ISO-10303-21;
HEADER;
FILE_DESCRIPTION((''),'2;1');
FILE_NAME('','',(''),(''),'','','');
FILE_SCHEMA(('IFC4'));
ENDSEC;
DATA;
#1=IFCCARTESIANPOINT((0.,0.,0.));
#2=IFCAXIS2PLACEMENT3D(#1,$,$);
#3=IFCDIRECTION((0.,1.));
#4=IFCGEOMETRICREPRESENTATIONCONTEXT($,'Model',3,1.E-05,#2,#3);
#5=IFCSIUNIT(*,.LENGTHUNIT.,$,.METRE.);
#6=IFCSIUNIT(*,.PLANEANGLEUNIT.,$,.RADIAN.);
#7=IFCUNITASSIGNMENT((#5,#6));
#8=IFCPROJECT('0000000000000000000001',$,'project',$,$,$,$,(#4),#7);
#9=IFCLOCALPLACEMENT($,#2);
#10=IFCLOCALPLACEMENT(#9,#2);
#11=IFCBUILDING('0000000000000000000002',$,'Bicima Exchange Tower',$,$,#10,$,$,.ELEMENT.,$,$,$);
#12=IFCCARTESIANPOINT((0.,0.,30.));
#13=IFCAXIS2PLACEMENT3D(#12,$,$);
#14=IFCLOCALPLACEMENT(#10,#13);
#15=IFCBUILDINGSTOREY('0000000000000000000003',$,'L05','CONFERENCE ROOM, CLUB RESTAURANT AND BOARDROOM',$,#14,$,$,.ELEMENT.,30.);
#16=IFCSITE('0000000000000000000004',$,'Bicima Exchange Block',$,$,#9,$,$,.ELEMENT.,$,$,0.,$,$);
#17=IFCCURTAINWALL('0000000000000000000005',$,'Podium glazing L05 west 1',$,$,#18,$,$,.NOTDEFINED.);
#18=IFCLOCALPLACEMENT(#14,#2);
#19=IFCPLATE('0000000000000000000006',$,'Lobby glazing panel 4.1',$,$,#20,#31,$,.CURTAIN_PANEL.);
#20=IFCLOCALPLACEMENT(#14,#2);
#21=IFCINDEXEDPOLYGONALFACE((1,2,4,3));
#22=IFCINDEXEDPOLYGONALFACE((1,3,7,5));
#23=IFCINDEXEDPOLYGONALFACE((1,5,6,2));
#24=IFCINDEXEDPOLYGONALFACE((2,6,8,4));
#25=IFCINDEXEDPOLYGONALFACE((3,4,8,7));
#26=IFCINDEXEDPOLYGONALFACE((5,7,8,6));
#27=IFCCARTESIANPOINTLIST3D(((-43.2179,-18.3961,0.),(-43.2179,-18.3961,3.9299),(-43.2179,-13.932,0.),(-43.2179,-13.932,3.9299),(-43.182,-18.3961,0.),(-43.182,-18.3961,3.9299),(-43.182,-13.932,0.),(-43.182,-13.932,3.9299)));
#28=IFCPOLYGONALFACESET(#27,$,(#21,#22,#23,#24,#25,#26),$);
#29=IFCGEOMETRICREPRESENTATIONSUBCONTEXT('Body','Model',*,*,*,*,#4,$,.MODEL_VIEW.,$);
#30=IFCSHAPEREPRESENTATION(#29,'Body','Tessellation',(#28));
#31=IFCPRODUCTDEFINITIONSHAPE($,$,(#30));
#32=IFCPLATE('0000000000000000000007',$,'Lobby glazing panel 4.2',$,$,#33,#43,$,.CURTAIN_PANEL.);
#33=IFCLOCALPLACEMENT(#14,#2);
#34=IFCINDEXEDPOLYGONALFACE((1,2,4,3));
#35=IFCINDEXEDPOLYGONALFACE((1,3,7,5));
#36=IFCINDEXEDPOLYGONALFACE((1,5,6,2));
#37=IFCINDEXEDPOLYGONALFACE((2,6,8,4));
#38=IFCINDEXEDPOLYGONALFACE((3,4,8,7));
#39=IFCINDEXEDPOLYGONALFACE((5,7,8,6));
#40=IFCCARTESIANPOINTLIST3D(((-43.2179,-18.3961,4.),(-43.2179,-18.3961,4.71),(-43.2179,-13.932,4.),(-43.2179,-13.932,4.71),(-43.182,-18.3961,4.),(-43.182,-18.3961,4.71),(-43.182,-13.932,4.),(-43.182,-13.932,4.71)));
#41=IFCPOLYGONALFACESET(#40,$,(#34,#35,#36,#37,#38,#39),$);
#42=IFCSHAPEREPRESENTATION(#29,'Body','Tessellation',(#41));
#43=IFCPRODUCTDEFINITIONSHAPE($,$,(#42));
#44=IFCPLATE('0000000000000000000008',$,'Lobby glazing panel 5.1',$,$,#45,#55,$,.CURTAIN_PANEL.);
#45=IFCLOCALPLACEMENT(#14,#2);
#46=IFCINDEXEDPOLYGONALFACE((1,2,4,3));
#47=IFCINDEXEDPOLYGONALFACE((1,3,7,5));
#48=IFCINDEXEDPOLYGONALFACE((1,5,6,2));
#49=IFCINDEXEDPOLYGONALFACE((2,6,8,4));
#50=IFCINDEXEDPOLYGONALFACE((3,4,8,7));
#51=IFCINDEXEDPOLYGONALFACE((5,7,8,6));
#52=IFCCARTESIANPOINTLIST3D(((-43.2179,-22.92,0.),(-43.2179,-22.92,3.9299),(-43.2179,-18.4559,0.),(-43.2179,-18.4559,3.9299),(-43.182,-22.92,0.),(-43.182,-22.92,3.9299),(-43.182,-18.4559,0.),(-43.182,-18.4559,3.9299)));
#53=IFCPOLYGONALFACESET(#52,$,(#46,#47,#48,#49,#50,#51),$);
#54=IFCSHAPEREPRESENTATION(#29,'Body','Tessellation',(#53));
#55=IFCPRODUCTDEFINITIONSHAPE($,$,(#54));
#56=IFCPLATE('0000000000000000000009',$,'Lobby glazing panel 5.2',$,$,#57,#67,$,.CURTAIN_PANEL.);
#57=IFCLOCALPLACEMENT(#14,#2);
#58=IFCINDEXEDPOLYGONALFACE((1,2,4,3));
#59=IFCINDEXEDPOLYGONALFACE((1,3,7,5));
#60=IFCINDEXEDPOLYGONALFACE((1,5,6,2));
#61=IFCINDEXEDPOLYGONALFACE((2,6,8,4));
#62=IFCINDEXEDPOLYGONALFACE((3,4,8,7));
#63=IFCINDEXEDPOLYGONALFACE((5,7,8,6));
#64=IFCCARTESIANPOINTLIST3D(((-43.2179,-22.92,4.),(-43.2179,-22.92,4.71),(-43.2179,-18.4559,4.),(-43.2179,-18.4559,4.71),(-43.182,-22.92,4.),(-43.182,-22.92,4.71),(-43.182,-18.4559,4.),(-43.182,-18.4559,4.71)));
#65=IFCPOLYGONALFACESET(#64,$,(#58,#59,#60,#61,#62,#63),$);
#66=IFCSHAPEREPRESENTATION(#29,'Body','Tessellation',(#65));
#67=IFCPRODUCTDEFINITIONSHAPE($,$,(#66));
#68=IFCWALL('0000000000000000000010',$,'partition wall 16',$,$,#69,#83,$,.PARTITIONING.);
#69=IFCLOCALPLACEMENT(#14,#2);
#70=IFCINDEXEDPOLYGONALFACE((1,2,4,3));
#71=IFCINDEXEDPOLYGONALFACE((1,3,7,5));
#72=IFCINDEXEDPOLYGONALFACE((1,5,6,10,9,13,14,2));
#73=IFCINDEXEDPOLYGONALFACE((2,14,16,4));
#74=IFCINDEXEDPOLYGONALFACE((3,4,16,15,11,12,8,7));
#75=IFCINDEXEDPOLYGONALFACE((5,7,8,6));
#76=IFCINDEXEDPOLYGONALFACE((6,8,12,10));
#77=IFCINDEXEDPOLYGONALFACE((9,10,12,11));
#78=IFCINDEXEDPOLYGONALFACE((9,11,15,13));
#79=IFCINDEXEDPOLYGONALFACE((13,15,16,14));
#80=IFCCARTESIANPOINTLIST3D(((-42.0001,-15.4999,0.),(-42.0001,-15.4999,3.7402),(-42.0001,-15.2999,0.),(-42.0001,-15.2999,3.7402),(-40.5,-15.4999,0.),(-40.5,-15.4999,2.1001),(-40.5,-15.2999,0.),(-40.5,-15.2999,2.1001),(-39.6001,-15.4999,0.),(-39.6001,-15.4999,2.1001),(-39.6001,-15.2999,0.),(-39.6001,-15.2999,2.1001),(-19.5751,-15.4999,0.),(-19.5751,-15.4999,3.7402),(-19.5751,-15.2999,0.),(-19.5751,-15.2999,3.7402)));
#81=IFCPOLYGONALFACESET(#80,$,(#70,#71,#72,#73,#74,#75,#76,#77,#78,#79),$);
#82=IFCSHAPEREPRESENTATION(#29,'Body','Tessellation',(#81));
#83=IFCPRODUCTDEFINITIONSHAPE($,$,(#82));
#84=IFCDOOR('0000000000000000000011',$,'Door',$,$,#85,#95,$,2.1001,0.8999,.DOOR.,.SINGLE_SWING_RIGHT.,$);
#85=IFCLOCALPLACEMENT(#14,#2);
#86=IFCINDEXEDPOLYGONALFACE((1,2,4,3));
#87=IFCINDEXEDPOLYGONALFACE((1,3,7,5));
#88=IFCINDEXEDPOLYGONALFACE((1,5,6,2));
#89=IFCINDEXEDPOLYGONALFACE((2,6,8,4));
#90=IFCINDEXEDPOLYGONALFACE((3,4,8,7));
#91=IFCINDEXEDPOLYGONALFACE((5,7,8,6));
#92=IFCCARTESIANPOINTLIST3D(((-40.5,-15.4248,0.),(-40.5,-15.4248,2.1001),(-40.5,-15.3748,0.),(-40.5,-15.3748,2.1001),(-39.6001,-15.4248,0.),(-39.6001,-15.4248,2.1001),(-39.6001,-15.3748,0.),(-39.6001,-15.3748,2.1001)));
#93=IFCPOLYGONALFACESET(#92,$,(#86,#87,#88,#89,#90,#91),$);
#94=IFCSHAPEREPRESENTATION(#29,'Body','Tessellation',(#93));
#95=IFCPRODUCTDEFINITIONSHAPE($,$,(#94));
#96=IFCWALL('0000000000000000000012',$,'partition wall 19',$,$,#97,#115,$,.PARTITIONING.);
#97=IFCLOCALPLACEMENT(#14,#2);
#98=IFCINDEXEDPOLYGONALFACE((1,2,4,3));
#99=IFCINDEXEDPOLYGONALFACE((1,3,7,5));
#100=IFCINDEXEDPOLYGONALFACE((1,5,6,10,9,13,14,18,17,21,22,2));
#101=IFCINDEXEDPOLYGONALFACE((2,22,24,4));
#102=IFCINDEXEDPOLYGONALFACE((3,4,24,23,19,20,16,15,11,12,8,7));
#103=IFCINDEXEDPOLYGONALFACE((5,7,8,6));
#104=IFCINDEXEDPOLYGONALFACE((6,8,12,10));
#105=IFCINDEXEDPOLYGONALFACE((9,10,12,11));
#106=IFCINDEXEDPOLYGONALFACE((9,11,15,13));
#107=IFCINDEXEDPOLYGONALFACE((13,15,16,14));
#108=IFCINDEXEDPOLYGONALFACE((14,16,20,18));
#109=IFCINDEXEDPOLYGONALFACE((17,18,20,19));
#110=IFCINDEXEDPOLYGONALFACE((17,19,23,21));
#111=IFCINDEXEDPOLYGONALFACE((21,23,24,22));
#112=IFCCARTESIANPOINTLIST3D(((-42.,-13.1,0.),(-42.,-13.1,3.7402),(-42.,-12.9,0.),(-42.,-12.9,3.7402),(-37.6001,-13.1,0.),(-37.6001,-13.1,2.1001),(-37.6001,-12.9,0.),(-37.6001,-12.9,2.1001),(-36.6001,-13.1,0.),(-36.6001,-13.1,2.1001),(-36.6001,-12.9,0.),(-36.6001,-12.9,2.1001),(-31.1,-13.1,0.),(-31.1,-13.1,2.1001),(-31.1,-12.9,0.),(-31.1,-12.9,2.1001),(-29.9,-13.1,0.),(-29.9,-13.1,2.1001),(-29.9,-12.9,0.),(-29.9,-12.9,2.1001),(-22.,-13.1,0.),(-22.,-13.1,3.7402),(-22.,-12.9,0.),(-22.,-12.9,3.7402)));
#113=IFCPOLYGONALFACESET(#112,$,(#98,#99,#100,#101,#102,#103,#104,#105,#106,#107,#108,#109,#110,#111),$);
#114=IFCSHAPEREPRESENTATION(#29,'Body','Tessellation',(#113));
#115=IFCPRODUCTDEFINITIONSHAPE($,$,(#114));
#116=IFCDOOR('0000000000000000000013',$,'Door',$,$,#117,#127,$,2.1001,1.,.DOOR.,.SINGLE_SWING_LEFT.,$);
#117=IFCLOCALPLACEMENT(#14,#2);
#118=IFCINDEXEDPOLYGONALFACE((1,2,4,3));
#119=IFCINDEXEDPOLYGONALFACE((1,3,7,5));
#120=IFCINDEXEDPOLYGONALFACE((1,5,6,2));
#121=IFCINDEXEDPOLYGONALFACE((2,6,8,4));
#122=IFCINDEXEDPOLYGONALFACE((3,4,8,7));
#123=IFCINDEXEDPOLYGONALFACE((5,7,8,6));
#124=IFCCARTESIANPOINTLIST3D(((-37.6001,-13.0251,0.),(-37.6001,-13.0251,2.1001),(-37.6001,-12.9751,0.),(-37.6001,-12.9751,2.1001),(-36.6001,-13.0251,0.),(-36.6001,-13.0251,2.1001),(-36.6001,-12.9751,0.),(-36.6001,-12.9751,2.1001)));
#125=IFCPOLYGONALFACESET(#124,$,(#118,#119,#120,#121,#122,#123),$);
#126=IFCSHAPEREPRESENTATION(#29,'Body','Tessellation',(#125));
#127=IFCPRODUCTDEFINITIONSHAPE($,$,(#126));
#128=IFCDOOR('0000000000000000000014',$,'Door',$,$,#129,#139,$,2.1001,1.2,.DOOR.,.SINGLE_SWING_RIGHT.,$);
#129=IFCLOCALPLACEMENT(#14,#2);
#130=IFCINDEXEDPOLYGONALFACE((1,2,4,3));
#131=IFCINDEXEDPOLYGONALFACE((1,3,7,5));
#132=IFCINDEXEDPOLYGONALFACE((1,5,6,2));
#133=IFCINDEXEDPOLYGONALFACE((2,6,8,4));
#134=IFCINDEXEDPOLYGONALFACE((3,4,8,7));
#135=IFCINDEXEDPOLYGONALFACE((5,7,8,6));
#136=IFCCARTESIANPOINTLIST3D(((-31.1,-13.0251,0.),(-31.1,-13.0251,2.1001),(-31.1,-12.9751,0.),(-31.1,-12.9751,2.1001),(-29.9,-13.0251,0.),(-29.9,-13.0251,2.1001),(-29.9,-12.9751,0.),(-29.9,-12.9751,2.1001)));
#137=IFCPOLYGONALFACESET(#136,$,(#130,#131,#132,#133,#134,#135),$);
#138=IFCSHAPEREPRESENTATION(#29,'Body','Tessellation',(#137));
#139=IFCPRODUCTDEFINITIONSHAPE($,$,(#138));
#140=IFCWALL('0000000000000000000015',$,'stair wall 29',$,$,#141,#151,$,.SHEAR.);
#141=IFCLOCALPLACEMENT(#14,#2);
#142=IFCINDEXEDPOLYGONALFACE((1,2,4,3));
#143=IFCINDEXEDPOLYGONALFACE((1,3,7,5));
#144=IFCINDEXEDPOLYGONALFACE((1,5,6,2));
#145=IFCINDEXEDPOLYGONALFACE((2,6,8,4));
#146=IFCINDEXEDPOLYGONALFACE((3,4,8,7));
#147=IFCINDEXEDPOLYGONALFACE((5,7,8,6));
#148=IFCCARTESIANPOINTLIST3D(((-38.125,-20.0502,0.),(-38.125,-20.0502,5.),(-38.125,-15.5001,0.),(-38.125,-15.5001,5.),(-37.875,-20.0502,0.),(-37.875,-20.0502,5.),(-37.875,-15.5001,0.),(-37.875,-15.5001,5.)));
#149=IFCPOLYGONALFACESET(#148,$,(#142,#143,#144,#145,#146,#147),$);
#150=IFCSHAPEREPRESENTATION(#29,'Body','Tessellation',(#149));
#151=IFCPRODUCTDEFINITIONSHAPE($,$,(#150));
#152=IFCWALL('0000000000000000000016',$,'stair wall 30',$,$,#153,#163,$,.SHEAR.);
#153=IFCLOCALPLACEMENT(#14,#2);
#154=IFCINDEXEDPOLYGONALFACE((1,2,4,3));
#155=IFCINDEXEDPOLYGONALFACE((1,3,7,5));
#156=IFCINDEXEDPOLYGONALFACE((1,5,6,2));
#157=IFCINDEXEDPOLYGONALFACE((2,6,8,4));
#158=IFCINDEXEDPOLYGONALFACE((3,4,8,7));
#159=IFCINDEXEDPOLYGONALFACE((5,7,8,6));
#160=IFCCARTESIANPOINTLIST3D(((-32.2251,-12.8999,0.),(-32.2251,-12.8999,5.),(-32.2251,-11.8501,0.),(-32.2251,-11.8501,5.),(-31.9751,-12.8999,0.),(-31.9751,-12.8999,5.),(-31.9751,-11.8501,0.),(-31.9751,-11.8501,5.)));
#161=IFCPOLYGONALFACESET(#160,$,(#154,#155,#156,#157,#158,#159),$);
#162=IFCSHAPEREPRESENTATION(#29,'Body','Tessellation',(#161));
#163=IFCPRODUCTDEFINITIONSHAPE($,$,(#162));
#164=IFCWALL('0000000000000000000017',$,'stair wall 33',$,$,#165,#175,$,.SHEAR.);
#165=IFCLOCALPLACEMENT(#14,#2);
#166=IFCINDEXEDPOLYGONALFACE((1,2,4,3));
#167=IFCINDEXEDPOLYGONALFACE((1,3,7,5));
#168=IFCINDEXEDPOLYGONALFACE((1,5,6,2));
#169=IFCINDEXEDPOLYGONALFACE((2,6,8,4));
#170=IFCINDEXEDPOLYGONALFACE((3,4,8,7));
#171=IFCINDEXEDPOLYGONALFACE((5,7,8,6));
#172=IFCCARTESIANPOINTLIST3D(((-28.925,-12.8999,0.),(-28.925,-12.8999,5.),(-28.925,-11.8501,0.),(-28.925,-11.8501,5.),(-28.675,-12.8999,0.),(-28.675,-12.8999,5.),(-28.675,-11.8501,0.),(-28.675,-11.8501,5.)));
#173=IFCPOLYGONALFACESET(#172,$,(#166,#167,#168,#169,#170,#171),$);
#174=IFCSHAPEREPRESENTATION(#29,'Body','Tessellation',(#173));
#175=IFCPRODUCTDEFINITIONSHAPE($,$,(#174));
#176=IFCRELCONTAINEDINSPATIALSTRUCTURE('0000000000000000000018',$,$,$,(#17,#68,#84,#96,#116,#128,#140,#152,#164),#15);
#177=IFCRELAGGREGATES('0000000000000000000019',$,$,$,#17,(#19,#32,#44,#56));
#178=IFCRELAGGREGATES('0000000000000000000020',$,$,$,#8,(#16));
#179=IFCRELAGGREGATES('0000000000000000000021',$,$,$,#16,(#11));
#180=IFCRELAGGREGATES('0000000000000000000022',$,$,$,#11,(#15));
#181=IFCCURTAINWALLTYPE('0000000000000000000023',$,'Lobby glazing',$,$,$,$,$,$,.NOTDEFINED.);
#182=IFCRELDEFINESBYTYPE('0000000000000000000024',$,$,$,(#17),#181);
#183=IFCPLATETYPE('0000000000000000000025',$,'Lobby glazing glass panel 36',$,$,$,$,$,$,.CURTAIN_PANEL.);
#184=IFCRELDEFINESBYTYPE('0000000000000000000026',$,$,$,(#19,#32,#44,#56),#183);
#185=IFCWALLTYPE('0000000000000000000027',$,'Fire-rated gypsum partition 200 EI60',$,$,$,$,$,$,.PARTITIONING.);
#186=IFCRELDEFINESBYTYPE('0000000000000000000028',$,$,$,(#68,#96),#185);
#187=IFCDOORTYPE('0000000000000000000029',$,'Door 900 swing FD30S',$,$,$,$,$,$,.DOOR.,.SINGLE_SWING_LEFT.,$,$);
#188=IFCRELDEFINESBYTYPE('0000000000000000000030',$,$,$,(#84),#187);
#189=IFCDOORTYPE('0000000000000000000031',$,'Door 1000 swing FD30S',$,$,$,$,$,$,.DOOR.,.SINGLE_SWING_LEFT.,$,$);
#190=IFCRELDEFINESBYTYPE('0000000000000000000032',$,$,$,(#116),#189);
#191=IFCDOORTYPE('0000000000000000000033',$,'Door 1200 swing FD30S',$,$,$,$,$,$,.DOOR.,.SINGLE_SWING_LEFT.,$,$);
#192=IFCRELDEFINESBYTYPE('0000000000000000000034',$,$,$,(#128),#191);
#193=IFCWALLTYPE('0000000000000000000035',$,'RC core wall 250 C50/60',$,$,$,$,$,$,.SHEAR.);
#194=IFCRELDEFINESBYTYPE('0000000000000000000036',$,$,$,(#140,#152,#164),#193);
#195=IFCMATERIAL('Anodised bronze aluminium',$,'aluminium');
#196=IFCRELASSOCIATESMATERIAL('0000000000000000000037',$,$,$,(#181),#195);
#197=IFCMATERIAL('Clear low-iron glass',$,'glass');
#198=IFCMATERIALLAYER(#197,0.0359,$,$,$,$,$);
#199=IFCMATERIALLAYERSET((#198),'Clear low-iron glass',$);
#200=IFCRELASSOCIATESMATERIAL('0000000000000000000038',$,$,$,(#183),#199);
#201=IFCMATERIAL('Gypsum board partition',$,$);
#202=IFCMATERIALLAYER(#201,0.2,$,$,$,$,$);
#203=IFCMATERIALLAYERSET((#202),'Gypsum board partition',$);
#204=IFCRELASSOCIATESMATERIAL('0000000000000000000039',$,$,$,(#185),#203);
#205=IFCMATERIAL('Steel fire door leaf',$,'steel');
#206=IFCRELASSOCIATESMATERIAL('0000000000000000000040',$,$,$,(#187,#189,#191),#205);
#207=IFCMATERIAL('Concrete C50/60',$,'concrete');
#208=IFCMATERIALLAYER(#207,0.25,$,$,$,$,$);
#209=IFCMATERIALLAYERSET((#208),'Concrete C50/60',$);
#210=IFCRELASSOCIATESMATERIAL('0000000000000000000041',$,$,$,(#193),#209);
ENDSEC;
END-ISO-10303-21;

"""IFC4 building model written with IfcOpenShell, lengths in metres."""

from ifc_helpers import new_model, si_unit, direction, frame, frame_2d, origin, origin_2d, place, context, subcontext, project, spatial, rectangle, extrude, material, layer, layer_set, type_object, element, fill, aggregate, save


model = new_model("IFC4")

# Units and contexts
model_context = context("Model", 3, precision=1e-05, world=origin(), true_north=direction((0.0, 1.0)))
body_context = subcontext(model_context, "Body", "Model", "MODEL_VIEW")
ifc_project = project(units=[si_unit("LENGTHUNIT", "METRE"), si_unit("PLANEANGLEUNIT", "RADIAN")], contexts=[model_context])

# Site, building, storey
site_placement = place(None, origin())
site = spatial("IfcSite", under=ifc_project, at=site_placement, Name="Bicima Exchange Block", CompositionType="ELEMENT", RefElevation=0.0)
building_placement = place(site_placement, origin())
building = spatial("IfcBuilding", under=site, at=building_placement, Name="Bicima Exchange Tower", CompositionType="ELEMENT")
storey_placement = place(building_placement, frame((0.0, 0.0, 30.0)))
storey = spatial("IfcBuildingStorey", under=building, at=storey_placement, Name="L05", Description="CONFERENCE ROOM, CLUB RESTAURANT AND BOARDROOM", CompositionType="ELEMENT", Elevation=30.0)

# Curtain wall, plates
ifc_material_1 = material(Name="Anodised bronze aluminium", Category="aluminium")
curtain_wall_type = type_object("IfcCurtainWallType", Name="Lobby glazing", PredefinedType="NOTDEFINED", material=ifc_material_1)
curtain_wall_placement = place(storey_placement, origin())
curtain_wall = element("IfcCurtainWall", 1, at=curtain_wall_placement, inside=storey, type_object=curtain_wall_type, Name="Podium glazing L05 west 1", PredefinedType="NOTDEFINED")
ifc_material_2 = material(Name="Clear low-iron glass", Category="glass")
ifc_layer_1 = layer(ifc_material_2, 0.0359)
ifc_layer_set_1 = layer_set([ifc_layer_1], Name="Clear low-iron glass")
plate_type = type_object("IfcPlateType", Name="Lobby glazing glass panel 36", PredefinedType="CURTAIN_PANEL", material=ifc_layer_set_1)
plate_1_placement = place(storey_placement, frame((-43.2, -16.1641, 0.0), z_axis=(0.0, 0.0, 1.0), x_axis=(0.0, -1.0, 0.0)))
plate_1 = element("IfcPlate", 2, at=plate_1_placement, type_object=plate_type, Name="Lobby glazing panel 4.1", PredefinedType="CURTAIN_PANEL", context=body_context, shape_type="SweptSolid", body=[
    extrude(rectangle(XDim=4.4641, YDim=0.0359, at=origin_2d()), origin(), (0.0, 0.0, 1.0), 3.9299),
])
plate_2_placement = place(storey_placement, frame((-43.2, -16.1641, 4.0), z_axis=(0.0, 0.0, 1.0), x_axis=(0.0, -1.0, 0.0)))
plate_2 = element("IfcPlate", 3, at=plate_2_placement, type_object=plate_type, Name="Lobby glazing panel 4.2", PredefinedType="CURTAIN_PANEL", context=body_context, shape_type="SweptSolid", body=[
    extrude(rectangle(XDim=4.4641, YDim=0.0359, at=origin_2d()), origin(), (0.0, 0.0, 1.0), 0.71),
])
plate_3_placement = place(storey_placement, frame((-43.2, -20.688, 0.0), z_axis=(0.0, 0.0, 1.0), x_axis=(0.0, -1.0, 0.0)))
plate_3 = element("IfcPlate", 4, at=plate_3_placement, type_object=plate_type, Name="Lobby glazing panel 5.1", PredefinedType="CURTAIN_PANEL", context=body_context, shape_type="SweptSolid", body=[
    extrude(rectangle(XDim=4.4641, YDim=0.0359, at=origin_2d()), origin(), (0.0, 0.0, 1.0), 3.9299),
])
plate_4_placement = place(storey_placement, frame((-43.2, -20.688, 4.0), z_axis=(0.0, 0.0, 1.0), x_axis=(0.0, -1.0, 0.0)))
plate_4 = element("IfcPlate", 5, at=plate_4_placement, type_object=plate_type, Name="Lobby glazing panel 5.2", PredefinedType="CURTAIN_PANEL", context=body_context, shape_type="SweptSolid", body=[
    extrude(rectangle(XDim=4.4641, YDim=0.0359, at=origin_2d()), origin(), (0.0, 0.0, 1.0), 0.71),
])
aggregate(curtain_wall, [plate_1, plate_2, plate_3, plate_4])

# Wall, opening, door
ifc_material_3 = material(Name="Gypsum board partition")
ifc_layer_2 = layer(ifc_material_3, 0.2)
ifc_layer_set_2 = layer_set([ifc_layer_2], Name="Gypsum board partition")
wall_type_1 = type_object("IfcWallType", Name="Fire-rated gypsum partition 200 EI60", PredefinedType="PARTITIONING", material=ifc_layer_set_2)
wall_1_placement = place(storey_placement, frame((-42.0, -15.3999, 0.0), z_axis=(0.0, 0.0, 1.0), x_axis=(1.0, 0.0, 0.0)))
wall_1 = element("IfcWall", 6, at=wall_1_placement, inside=storey, type_object=wall_type_1, Name="partition wall 16", PredefinedType="PARTITIONING", context=body_context, shape_type="SweptSolid", body=[
    extrude(rectangle(XDim=22.425, YDim=0.2, at=frame_2d((11.2124, 0.0))), origin(), (0.0, 0.0, 1.0), 3.7402),
])
opening_1_placement = place(wall_1_placement, frame((1.5, 0.0, 0.0)))
opening_1 = element("IfcOpeningElement", 7, at=opening_1_placement, cuts=wall_1, PredefinedType="OPENING", context=body_context, shape_type="SweptSolid", body=[
    extrude(rectangle(XDim=0.8999, YDim=2.1001, at=frame_2d((0.45, 1.05))), frame((0.0, 0.1118, 0.0), z_axis=(0.0, -1.0, 0.0), x_axis=(1.0, 0.0, 0.0)), (0.0, 0.0, 1.0), 0.2239),
])
ifc_material_4 = material(Name="Steel fire door leaf", Category="steel")
door_type_1 = type_object("IfcDoorType", Name="Door 900 swing FD30S", OperationType="SINGLE_SWING_LEFT", PredefinedType="DOOR", material=ifc_material_4)
door_1_placement = place(opening_1_placement, frame((0.8999, 0.0, 0.0), z_axis=(0.0, 0.0, 1.0), x_axis=(-1.0, 0.0, 0.0)))
door_1 = element("IfcDoor", 8, at=door_1_placement, inside=storey, type_object=door_type_1, Name="Door", OperationType="SINGLE_SWING_RIGHT", OverallHeight=2.1001, OverallWidth=0.8999, PredefinedType="DOOR", context=body_context, shape_type="SweptSolid", body=[
    extrude(rectangle(XDim=0.8999, YDim=2.1001, at=frame_2d((0.45, 1.05))), frame((0.0, 0.0249, 0.0), z_axis=(0.0, -1.0, 0.0), x_axis=(1.0, 0.0, 0.0)), (0.0, 0.0, 1.0), 0.05),
])
fill(opening_1, door_1)

# Wall, openings, doors
wall_2_placement = place(storey_placement, frame((-42.0, -13.0, 0.0), z_axis=(0.0, 0.0, 1.0), x_axis=(1.0, 0.0, 0.0)))
wall_2 = element("IfcWall", 9, at=wall_2_placement, inside=storey, type_object=wall_type_1, Name="partition wall 19", PredefinedType="PARTITIONING", context=body_context, shape_type="SweptSolid", body=[
    extrude(rectangle(XDim=20.0, YDim=0.2, at=frame_2d((10.0, 0.0))), origin(), (0.0, 0.0, 1.0), 3.7402),
])
opening_2_placement = place(wall_2_placement, frame((10.8999, 0.0, 0.0)))
opening_2 = element("IfcOpeningElement", 10, at=opening_2_placement, cuts=wall_2, PredefinedType="OPENING", context=body_context, shape_type="SweptSolid", body=[
    extrude(rectangle(XDim=1.2, YDim=2.1001, at=frame_2d((0.6001, 1.05))), frame((0.0, 0.1118, 0.0), z_axis=(0.0, -1.0, 0.0), x_axis=(1.0, 0.0, 0.0)), (0.0, 0.0, 1.0), 0.2239),
])
opening_3_placement = place(wall_2_placement, frame((4.3999, 0.0, 0.0)))
opening_3 = element("IfcOpeningElement", 11, at=opening_3_placement, cuts=wall_2, PredefinedType="OPENING", context=body_context, shape_type="SweptSolid", body=[
    extrude(rectangle(XDim=1.0, YDim=2.1001, at=frame_2d((0.5, 1.05))), frame((0.0, 0.1118, 0.0), z_axis=(0.0, -1.0, 0.0), x_axis=(1.0, 0.0, 0.0)), (0.0, 0.0, 1.0), 0.2239),
])
door_type_2 = type_object("IfcDoorType", Name="Door 1000 swing FD30S", OperationType="SINGLE_SWING_LEFT", PredefinedType="DOOR", material=ifc_material_4)
door_2_placement = place(opening_3_placement, origin())
door_2 = element("IfcDoor", 12, at=door_2_placement, inside=storey, type_object=door_type_2, Name="Door", OperationType="SINGLE_SWING_LEFT", OverallHeight=2.1001, OverallWidth=1.0, PredefinedType="DOOR", context=body_context, shape_type="SweptSolid", body=[
    extrude(rectangle(XDim=1.0, YDim=2.1001, at=frame_2d((0.5, 1.05))), frame((0.0, 0.0249, 0.0), z_axis=(0.0, -1.0, 0.0), x_axis=(1.0, 0.0, 0.0)), (0.0, 0.0, 1.0), 0.05),
])
fill(opening_3, door_2)
door_type_3 = type_object("IfcDoorType", Name="Door 1200 swing FD30S", OperationType="SINGLE_SWING_LEFT", PredefinedType="DOOR", material=ifc_material_4)
door_3_placement = place(opening_2_placement, origin())
door_3 = element("IfcDoor", 13, at=door_3_placement, inside=storey, type_object=door_type_3, Name="Door", OperationType="SINGLE_SWING_RIGHT", OverallHeight=2.1001, OverallWidth=1.2, PredefinedType="DOOR", context=body_context, shape_type="SweptSolid", body=[
    extrude(rectangle(XDim=1.2, YDim=2.1001, at=frame_2d((0.6001, 1.05))), frame((0.0, 0.0249, 0.0), z_axis=(0.0, -1.0, 0.0), x_axis=(1.0, 0.0, 0.0)), (0.0, 0.0, 1.0), 0.05),
])
fill(opening_2, door_3)

# Walls
ifc_material_5 = material(Name="Concrete C50/60", Category="concrete")
ifc_layer_3 = layer(ifc_material_5, 0.25)
ifc_layer_set_3 = layer_set([ifc_layer_3], Name="Concrete C50/60")
wall_type_2 = type_object("IfcWallType", Name="RC core wall 250 C50/60", PredefinedType="SHEAR", material=ifc_layer_set_3)
wall_3_placement = place(storey_placement, frame((-38.0, -20.05, 0.0), z_axis=(0.0, 0.0, 1.0), x_axis=(0.0, 1.0, 0.0)))
element("IfcWall", 14, at=wall_3_placement, inside=storey, type_object=wall_type_2, Name="stair wall 29", PredefinedType="SHEAR", context=body_context, shape_type="SweptSolid", body=[
    extrude(rectangle(XDim=4.55, YDim=0.25, at=frame_2d((2.2749, 0.0))), origin(), (0.0, 0.0, 1.0), 5.0),
])
for number, where, z_axis, x_axis, name in (
    (15, (-32.1001, -12.8999, 0.0), (0.0, 0.0, 1.0), (0.0, 1.0, 0.0), "stair wall 30"),
    (16, (-28.8, -12.8999, 0.0), (0.0, 0.0, 1.0), (0.0, 1.0, 0.0), "stair wall 33"),
):
    element("IfcWall", number, at=place(storey_placement, frame(where, z_axis=z_axis, x_axis=x_axis)), inside=storey, type_object=wall_type_2, Name=name, PredefinedType="SHEAR", context=body_context, shape_type="SweptSolid", body=[
        extrude(rectangle(XDim=1.0498, YDim=0.25, at=frame_2d((0.5249, 0.0))), origin(), (0.0, 0.0, 1.0), 5.0),
    ])

save(model, "model.ifc")
